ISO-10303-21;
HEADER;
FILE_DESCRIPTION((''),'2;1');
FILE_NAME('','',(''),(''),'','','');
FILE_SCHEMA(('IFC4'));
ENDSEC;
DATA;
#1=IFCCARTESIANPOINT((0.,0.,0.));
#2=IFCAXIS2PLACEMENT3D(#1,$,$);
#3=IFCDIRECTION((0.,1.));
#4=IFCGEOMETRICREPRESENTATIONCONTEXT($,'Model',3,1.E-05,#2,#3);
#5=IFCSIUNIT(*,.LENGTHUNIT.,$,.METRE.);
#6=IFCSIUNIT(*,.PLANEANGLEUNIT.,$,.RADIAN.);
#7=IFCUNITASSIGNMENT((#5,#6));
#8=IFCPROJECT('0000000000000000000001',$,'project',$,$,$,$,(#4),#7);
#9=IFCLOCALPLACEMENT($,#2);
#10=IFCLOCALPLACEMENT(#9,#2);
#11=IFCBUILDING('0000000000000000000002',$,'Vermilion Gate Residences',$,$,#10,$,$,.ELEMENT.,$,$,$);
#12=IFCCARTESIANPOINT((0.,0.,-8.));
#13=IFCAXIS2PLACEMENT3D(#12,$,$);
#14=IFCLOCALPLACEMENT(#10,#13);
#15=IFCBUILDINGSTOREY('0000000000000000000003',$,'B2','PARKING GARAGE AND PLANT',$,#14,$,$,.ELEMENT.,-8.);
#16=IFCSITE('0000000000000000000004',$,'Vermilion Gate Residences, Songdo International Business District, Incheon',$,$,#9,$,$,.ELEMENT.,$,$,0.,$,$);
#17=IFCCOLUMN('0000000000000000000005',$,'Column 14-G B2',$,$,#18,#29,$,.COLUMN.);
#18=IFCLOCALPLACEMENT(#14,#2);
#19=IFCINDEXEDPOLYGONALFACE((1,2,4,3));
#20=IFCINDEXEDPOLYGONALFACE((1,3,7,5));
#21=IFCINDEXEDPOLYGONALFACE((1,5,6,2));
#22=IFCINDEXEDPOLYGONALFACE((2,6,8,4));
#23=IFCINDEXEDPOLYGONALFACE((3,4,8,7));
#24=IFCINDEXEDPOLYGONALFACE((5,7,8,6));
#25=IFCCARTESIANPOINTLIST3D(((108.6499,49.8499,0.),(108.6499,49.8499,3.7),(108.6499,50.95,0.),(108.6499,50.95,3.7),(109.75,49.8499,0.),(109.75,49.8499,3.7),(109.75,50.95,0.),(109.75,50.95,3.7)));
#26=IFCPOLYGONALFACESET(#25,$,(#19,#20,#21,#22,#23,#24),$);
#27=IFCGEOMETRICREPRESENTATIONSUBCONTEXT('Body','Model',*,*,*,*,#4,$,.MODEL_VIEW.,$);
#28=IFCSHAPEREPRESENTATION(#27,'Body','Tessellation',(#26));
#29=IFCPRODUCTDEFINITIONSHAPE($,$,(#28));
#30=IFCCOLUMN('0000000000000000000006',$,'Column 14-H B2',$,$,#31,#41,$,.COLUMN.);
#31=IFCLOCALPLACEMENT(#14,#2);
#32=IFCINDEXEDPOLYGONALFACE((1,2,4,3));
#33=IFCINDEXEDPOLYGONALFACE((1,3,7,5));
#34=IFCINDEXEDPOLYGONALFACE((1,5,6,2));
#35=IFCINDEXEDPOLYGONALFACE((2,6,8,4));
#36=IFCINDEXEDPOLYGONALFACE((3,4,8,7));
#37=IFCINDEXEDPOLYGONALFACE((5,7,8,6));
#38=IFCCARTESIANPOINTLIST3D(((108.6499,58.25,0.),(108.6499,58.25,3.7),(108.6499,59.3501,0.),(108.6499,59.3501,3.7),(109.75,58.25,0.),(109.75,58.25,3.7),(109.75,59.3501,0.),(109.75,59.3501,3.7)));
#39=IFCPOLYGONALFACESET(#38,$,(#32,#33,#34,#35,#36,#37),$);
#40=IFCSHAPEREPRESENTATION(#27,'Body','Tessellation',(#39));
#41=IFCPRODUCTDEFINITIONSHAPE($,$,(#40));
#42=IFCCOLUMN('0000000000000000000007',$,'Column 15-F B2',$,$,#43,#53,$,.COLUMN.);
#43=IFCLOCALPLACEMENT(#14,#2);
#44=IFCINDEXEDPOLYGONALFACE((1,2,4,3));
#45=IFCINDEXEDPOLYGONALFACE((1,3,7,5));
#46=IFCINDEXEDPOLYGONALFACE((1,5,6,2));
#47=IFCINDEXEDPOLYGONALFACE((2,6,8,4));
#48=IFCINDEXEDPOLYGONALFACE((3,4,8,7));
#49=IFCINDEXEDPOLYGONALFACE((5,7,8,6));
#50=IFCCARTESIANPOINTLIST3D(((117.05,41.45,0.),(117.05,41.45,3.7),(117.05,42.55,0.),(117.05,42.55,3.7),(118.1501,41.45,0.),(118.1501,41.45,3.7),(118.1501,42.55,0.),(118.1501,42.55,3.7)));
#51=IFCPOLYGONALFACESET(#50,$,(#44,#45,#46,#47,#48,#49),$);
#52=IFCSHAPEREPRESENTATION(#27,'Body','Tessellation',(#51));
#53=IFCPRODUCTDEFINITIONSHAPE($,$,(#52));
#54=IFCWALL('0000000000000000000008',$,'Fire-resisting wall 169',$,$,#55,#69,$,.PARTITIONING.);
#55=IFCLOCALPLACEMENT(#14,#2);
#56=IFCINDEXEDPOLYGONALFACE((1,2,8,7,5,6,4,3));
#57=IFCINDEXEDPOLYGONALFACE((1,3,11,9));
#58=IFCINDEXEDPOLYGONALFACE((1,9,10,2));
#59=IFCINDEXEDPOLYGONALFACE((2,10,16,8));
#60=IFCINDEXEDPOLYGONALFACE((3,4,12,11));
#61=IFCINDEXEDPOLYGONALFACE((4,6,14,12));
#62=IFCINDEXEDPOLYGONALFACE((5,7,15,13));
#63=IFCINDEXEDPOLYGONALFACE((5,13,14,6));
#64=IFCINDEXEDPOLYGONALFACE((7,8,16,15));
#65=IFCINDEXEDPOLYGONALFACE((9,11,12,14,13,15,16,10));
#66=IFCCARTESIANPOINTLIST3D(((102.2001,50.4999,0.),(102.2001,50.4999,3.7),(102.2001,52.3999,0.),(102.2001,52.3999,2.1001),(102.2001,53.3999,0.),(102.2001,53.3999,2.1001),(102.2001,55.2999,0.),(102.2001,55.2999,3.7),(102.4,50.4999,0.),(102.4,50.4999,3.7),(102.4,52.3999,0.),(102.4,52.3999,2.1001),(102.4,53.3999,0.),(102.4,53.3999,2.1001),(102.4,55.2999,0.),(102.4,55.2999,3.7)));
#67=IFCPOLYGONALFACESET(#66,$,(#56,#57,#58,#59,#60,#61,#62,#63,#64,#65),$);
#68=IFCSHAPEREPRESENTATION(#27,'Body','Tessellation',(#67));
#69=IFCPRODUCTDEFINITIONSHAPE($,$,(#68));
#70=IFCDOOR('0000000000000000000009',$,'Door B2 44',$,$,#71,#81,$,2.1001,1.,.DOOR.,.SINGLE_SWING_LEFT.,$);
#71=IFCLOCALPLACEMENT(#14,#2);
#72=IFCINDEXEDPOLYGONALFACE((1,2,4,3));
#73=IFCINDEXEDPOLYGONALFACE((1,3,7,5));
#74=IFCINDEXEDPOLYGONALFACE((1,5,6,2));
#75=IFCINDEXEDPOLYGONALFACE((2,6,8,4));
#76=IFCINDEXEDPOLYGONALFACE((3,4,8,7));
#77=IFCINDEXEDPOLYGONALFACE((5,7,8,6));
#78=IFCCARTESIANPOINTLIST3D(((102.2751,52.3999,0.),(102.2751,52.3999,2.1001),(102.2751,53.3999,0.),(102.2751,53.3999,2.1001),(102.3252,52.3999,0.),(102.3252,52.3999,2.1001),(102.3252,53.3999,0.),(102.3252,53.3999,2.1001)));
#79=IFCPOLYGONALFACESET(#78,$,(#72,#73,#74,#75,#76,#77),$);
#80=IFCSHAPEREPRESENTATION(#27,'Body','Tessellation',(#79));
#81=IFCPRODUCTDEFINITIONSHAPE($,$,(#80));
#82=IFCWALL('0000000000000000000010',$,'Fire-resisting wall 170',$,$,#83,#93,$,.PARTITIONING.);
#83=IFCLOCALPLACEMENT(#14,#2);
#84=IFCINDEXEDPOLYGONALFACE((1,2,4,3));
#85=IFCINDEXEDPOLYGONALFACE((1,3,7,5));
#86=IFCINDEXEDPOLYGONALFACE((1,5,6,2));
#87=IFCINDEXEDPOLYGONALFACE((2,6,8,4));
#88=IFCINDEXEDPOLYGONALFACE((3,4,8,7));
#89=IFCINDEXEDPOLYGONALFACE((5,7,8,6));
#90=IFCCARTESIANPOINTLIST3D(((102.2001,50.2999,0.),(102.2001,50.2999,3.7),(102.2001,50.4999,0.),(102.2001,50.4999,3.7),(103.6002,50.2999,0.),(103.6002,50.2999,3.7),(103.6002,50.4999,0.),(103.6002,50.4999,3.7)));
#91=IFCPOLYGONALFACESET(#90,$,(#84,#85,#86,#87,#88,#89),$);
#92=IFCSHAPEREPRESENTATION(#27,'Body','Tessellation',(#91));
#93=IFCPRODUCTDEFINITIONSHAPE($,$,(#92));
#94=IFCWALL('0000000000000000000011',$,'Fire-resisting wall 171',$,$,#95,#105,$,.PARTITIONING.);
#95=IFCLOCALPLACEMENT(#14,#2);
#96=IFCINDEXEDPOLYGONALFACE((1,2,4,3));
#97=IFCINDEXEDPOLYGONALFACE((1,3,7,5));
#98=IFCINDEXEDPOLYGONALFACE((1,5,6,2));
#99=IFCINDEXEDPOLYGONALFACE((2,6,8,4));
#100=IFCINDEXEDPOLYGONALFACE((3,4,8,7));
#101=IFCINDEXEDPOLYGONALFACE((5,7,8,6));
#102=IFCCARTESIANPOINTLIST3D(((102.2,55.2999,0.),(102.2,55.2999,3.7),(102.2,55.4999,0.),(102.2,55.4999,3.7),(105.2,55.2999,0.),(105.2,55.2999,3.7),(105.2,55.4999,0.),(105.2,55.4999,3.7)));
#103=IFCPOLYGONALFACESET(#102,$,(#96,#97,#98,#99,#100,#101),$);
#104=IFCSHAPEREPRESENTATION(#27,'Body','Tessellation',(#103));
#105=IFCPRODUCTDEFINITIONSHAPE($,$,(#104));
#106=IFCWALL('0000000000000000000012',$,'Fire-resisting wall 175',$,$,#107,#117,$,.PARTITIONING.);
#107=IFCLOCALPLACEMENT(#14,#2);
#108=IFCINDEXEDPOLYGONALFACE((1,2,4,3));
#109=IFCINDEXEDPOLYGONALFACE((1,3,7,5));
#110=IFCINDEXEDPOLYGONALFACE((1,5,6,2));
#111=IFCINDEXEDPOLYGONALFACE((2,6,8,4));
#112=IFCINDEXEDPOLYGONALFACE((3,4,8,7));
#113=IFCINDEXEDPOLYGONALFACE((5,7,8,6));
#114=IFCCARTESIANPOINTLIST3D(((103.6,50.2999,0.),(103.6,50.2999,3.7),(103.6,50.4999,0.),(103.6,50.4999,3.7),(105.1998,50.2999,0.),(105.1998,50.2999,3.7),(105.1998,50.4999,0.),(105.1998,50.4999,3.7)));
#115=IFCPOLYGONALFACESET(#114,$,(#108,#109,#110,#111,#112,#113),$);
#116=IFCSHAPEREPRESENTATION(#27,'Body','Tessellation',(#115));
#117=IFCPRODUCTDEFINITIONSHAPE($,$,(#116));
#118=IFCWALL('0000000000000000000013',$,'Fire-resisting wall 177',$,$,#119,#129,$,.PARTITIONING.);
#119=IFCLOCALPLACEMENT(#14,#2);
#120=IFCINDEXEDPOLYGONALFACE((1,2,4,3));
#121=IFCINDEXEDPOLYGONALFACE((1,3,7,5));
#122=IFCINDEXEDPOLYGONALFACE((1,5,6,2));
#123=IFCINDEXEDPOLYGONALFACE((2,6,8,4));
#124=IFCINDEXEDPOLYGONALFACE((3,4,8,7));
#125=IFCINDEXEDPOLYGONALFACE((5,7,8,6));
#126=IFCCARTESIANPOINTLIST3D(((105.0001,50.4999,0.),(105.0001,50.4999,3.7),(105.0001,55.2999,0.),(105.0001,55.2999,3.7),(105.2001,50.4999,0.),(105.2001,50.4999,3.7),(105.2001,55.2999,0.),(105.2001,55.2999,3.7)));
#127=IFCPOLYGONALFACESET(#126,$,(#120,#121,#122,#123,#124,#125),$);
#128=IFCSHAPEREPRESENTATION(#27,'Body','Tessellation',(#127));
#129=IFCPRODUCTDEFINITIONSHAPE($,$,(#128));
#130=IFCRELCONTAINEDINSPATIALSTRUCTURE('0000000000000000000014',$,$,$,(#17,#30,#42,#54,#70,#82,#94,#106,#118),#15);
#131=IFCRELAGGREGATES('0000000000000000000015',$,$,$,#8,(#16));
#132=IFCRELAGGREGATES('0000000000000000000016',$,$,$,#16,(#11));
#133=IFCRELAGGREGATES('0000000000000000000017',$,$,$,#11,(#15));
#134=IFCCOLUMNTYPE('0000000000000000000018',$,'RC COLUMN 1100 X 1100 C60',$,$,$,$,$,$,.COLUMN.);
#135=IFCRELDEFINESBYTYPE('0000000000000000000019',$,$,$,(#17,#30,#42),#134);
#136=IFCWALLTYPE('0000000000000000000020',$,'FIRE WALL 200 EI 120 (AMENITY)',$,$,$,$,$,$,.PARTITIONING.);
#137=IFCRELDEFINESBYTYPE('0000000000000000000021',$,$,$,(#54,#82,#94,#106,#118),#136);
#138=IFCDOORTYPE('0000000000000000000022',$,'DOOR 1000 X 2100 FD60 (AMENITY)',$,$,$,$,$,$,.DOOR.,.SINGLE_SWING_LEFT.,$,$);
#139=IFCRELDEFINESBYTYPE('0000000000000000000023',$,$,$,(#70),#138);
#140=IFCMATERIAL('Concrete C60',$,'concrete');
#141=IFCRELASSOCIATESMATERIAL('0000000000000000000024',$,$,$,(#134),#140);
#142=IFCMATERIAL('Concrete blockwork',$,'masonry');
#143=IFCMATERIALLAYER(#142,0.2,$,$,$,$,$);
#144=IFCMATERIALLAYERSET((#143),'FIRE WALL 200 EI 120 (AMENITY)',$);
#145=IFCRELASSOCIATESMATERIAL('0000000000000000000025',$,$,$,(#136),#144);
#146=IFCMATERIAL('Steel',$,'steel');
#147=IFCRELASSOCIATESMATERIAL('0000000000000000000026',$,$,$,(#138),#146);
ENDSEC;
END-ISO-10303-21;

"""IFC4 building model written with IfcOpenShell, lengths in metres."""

from ifc_helpers import new_model, si_unit, direction, frame, frame_2d, origin, origin_2d, place, context, subcontext, project, spatial, rectangle, extrude, material, layer, layer_set, material_profile, profile_set, type_object, element, fill, save


model = new_model("IFC4")

# Units and contexts
model_context = context("Model", 3, precision=1e-05, world=origin(), true_north=direction((0.0, 1.0)))
body_context = subcontext(model_context, "Body", "Model", "MODEL_VIEW")
ifc_project = project(units=[si_unit("LENGTHUNIT", "METRE"), si_unit("PLANEANGLEUNIT", "RADIAN")], contexts=[model_context])

# Site, building, storey
site_placement = place(None, origin())
site = spatial("IfcSite", under=ifc_project, at=site_placement, Name="Vermilion Gate Residences, Songdo International Business District, Incheon", CompositionType="ELEMENT", RefElevation=0.0)
building_placement = place(site_placement, origin())
building = spatial("IfcBuilding", under=site, at=building_placement, Name="Vermilion Gate Residences", CompositionType="ELEMENT")
storey_placement = place(building_placement, frame((0.0, 0.0, -8.0)))
storey = spatial("IfcBuildingStorey", under=building, at=storey_placement, Name="B2", Description="PARKING GARAGE AND PLANT", CompositionType="ELEMENT", Elevation=-8.0)

# Columns
ifc_material_1 = material(Name="Concrete C60", Category="concrete")
ifc_material_profile_1 = material_profile(ifc_material_1, rectangle(XDim=1.1001, YDim=1.1001, at=origin_2d()), Name="RC-1100x1100")
ifc_profile_set_1 = profile_set([ifc_material_profile_1], Name="Concrete C60")
column_type = type_object("IfcColumnType", Name="RC COLUMN 1100 X 1100 C60", PredefinedType="COLUMN", material=ifc_profile_set_1)
for number, where, z_axis, x_axis, name in (
    (1, (109.2, 50.3999, 0.0), (0.0, 0.0, 1.0), (1.0, 0.0, 0.0), "Column 14-G B2"),
    (2, (109.2, 58.8, 0.0), (0.0, 0.0, 1.0), (1.0, 0.0, 0.0), "Column 14-H B2"),
    (3, (117.6001, 42.0, 0.0), (0.0, 0.0, 1.0), (1.0, 0.0, 0.0), "Column 15-F B2"),
):
    element("IfcColumn", number, at=place(storey_placement, frame(where, z_axis=z_axis, x_axis=x_axis)), inside=storey, type_object=column_type, Name=name, PredefinedType="COLUMN", context=body_context, shape_type="SweptSolid", body=[
        extrude(rectangle(XDim=1.1001, YDim=1.1001, at=origin_2d()), origin(), (0.0, 0.0, 1.0), 3.7),
    ])

# Wall, opening, door
ifc_material_2 = material(Name="Concrete blockwork", Category="masonry")
ifc_layer = layer(ifc_material_2, 0.2)
ifc_layer_set = layer_set([ifc_layer], Name="FIRE WALL 200 EI 120 (AMENITY)")
wall_type = type_object("IfcWallType", Name="FIRE WALL 200 EI 120 (AMENITY)", PredefinedType="PARTITIONING", material=ifc_layer_set)
wall_1_placement = place(storey_placement, frame((102.3, 50.5, 0.0), z_axis=(0.0, 0.0, 1.0), x_axis=(0.0, 1.0, 0.0)))
wall_1 = element("IfcWall", 4, at=wall_1_placement, inside=storey, type_object=wall_type, Name="Fire-resisting wall 169", PredefinedType="PARTITIONING", context=body_context, shape_type="SweptSolid", body=[
    extrude(rectangle(XDim=4.8, YDim=0.2, at=frame_2d((2.3999, 0.0))), origin(), (0.0, 0.0, 1.0), 3.7),
])
opening_placement = place(wall_1_placement, frame((1.8999, 0.0, 0.0)))
opening = element("IfcOpeningElement", 5, at=opening_placement, cuts=wall_1, PredefinedType="OPENING", context=body_context, shape_type="SweptSolid", body=[
    extrude(rectangle(XDim=1.0, YDim=2.1001, at=frame_2d((0.5, 1.05))), frame((0.0, 0.1099, 0.0), z_axis=(0.0, -1.0, 0.0), x_axis=(1.0, 0.0, 0.0)), (0.0, 0.0, 1.0), 0.22),
])
ifc_material_3 = material(Name="Steel", Category="steel")
door_type = type_object("IfcDoorType", Name="DOOR 1000 X 2100 FD60 (AMENITY)", OperationType="SINGLE_SWING_LEFT", PredefinedType="DOOR", material=ifc_material_3)
door_placement = place(opening_placement, origin())
door = element("IfcDoor", 6, at=door_placement, inside=storey, type_object=door_type, Name="Door B2 44", OperationType="SINGLE_SWING_LEFT", OverallHeight=2.1001, OverallWidth=1.0, PredefinedType="DOOR", context=body_context, shape_type="SweptSolid", body=[
    extrude(rectangle(XDim=1.0, YDim=2.1001, at=frame_2d((0.5, 1.05))), frame((0.0, 0.0249, 0.0), z_axis=(0.0, -1.0, 0.0), x_axis=(1.0, 0.0, 0.0)), (0.0, 0.0, 1.0), 0.05),
])
fill(opening, door)

# Walls
wall_2_placement = place(storey_placement, frame((102.2, 50.3999, 0.0), z_axis=(0.0, 0.0, 1.0), x_axis=(1.0, 0.0, 0.0)))
element("IfcWall", 7, at=wall_2_placement, inside=storey, type_object=wall_type, Name="Fire-resisting wall 170", PredefinedType="PARTITIONING", context=body_context, shape_type="SweptSolid", body=[
    extrude(rectangle(XDim=1.4001, YDim=0.2, at=frame_2d((0.7002, 0.0))), origin(), (0.0, 0.0, 1.0), 3.7),
])
wall_3_placement = place(storey_placement, frame((102.2, 55.3999, 0.0), z_axis=(0.0, 0.0, 1.0), x_axis=(1.0, 0.0, 0.0)))
element("IfcWall", 8, at=wall_3_placement, inside=storey, type_object=wall_type, Name="Fire-resisting wall 171", PredefinedType="PARTITIONING", context=body_context, shape_type="SweptSolid", body=[
    extrude(rectangle(XDim=3.0, YDim=0.2, at=frame_2d((1.5, 0.0))), origin(), (0.0, 0.0, 1.0), 3.7),
])
wall_4_placement = place(storey_placement, frame((103.6001, 50.3999, 0.0), z_axis=(0.0, 0.0, 1.0), x_axis=(1.0, 0.0, 0.0)))
element("IfcWall", 9, at=wall_4_placement, inside=storey, type_object=wall_type, Name="Fire-resisting wall 175", PredefinedType="PARTITIONING", context=body_context, shape_type="SweptSolid", body=[
    extrude(rectangle(XDim=1.5999, YDim=0.2, at=frame_2d((0.7998, 0.0))), origin(), (0.0, 0.0, 1.0), 3.7),
])
wall_5_placement = place(storey_placement, frame((105.1001, 50.5, 0.0), z_axis=(0.0, 0.0, 1.0), x_axis=(0.0, 1.0, 0.0)))
element("IfcWall", 10, at=wall_5_placement, inside=storey, type_object=wall_type, Name="Fire-resisting wall 177", PredefinedType="PARTITIONING", context=body_context, shape_type="SweptSolid", body=[
    extrude(rectangle(XDim=4.8, YDim=0.2, at=frame_2d((2.3999, 0.0))), origin(), (0.0, 0.0, 1.0), 3.7),
])

save(model, "model.ifc")
